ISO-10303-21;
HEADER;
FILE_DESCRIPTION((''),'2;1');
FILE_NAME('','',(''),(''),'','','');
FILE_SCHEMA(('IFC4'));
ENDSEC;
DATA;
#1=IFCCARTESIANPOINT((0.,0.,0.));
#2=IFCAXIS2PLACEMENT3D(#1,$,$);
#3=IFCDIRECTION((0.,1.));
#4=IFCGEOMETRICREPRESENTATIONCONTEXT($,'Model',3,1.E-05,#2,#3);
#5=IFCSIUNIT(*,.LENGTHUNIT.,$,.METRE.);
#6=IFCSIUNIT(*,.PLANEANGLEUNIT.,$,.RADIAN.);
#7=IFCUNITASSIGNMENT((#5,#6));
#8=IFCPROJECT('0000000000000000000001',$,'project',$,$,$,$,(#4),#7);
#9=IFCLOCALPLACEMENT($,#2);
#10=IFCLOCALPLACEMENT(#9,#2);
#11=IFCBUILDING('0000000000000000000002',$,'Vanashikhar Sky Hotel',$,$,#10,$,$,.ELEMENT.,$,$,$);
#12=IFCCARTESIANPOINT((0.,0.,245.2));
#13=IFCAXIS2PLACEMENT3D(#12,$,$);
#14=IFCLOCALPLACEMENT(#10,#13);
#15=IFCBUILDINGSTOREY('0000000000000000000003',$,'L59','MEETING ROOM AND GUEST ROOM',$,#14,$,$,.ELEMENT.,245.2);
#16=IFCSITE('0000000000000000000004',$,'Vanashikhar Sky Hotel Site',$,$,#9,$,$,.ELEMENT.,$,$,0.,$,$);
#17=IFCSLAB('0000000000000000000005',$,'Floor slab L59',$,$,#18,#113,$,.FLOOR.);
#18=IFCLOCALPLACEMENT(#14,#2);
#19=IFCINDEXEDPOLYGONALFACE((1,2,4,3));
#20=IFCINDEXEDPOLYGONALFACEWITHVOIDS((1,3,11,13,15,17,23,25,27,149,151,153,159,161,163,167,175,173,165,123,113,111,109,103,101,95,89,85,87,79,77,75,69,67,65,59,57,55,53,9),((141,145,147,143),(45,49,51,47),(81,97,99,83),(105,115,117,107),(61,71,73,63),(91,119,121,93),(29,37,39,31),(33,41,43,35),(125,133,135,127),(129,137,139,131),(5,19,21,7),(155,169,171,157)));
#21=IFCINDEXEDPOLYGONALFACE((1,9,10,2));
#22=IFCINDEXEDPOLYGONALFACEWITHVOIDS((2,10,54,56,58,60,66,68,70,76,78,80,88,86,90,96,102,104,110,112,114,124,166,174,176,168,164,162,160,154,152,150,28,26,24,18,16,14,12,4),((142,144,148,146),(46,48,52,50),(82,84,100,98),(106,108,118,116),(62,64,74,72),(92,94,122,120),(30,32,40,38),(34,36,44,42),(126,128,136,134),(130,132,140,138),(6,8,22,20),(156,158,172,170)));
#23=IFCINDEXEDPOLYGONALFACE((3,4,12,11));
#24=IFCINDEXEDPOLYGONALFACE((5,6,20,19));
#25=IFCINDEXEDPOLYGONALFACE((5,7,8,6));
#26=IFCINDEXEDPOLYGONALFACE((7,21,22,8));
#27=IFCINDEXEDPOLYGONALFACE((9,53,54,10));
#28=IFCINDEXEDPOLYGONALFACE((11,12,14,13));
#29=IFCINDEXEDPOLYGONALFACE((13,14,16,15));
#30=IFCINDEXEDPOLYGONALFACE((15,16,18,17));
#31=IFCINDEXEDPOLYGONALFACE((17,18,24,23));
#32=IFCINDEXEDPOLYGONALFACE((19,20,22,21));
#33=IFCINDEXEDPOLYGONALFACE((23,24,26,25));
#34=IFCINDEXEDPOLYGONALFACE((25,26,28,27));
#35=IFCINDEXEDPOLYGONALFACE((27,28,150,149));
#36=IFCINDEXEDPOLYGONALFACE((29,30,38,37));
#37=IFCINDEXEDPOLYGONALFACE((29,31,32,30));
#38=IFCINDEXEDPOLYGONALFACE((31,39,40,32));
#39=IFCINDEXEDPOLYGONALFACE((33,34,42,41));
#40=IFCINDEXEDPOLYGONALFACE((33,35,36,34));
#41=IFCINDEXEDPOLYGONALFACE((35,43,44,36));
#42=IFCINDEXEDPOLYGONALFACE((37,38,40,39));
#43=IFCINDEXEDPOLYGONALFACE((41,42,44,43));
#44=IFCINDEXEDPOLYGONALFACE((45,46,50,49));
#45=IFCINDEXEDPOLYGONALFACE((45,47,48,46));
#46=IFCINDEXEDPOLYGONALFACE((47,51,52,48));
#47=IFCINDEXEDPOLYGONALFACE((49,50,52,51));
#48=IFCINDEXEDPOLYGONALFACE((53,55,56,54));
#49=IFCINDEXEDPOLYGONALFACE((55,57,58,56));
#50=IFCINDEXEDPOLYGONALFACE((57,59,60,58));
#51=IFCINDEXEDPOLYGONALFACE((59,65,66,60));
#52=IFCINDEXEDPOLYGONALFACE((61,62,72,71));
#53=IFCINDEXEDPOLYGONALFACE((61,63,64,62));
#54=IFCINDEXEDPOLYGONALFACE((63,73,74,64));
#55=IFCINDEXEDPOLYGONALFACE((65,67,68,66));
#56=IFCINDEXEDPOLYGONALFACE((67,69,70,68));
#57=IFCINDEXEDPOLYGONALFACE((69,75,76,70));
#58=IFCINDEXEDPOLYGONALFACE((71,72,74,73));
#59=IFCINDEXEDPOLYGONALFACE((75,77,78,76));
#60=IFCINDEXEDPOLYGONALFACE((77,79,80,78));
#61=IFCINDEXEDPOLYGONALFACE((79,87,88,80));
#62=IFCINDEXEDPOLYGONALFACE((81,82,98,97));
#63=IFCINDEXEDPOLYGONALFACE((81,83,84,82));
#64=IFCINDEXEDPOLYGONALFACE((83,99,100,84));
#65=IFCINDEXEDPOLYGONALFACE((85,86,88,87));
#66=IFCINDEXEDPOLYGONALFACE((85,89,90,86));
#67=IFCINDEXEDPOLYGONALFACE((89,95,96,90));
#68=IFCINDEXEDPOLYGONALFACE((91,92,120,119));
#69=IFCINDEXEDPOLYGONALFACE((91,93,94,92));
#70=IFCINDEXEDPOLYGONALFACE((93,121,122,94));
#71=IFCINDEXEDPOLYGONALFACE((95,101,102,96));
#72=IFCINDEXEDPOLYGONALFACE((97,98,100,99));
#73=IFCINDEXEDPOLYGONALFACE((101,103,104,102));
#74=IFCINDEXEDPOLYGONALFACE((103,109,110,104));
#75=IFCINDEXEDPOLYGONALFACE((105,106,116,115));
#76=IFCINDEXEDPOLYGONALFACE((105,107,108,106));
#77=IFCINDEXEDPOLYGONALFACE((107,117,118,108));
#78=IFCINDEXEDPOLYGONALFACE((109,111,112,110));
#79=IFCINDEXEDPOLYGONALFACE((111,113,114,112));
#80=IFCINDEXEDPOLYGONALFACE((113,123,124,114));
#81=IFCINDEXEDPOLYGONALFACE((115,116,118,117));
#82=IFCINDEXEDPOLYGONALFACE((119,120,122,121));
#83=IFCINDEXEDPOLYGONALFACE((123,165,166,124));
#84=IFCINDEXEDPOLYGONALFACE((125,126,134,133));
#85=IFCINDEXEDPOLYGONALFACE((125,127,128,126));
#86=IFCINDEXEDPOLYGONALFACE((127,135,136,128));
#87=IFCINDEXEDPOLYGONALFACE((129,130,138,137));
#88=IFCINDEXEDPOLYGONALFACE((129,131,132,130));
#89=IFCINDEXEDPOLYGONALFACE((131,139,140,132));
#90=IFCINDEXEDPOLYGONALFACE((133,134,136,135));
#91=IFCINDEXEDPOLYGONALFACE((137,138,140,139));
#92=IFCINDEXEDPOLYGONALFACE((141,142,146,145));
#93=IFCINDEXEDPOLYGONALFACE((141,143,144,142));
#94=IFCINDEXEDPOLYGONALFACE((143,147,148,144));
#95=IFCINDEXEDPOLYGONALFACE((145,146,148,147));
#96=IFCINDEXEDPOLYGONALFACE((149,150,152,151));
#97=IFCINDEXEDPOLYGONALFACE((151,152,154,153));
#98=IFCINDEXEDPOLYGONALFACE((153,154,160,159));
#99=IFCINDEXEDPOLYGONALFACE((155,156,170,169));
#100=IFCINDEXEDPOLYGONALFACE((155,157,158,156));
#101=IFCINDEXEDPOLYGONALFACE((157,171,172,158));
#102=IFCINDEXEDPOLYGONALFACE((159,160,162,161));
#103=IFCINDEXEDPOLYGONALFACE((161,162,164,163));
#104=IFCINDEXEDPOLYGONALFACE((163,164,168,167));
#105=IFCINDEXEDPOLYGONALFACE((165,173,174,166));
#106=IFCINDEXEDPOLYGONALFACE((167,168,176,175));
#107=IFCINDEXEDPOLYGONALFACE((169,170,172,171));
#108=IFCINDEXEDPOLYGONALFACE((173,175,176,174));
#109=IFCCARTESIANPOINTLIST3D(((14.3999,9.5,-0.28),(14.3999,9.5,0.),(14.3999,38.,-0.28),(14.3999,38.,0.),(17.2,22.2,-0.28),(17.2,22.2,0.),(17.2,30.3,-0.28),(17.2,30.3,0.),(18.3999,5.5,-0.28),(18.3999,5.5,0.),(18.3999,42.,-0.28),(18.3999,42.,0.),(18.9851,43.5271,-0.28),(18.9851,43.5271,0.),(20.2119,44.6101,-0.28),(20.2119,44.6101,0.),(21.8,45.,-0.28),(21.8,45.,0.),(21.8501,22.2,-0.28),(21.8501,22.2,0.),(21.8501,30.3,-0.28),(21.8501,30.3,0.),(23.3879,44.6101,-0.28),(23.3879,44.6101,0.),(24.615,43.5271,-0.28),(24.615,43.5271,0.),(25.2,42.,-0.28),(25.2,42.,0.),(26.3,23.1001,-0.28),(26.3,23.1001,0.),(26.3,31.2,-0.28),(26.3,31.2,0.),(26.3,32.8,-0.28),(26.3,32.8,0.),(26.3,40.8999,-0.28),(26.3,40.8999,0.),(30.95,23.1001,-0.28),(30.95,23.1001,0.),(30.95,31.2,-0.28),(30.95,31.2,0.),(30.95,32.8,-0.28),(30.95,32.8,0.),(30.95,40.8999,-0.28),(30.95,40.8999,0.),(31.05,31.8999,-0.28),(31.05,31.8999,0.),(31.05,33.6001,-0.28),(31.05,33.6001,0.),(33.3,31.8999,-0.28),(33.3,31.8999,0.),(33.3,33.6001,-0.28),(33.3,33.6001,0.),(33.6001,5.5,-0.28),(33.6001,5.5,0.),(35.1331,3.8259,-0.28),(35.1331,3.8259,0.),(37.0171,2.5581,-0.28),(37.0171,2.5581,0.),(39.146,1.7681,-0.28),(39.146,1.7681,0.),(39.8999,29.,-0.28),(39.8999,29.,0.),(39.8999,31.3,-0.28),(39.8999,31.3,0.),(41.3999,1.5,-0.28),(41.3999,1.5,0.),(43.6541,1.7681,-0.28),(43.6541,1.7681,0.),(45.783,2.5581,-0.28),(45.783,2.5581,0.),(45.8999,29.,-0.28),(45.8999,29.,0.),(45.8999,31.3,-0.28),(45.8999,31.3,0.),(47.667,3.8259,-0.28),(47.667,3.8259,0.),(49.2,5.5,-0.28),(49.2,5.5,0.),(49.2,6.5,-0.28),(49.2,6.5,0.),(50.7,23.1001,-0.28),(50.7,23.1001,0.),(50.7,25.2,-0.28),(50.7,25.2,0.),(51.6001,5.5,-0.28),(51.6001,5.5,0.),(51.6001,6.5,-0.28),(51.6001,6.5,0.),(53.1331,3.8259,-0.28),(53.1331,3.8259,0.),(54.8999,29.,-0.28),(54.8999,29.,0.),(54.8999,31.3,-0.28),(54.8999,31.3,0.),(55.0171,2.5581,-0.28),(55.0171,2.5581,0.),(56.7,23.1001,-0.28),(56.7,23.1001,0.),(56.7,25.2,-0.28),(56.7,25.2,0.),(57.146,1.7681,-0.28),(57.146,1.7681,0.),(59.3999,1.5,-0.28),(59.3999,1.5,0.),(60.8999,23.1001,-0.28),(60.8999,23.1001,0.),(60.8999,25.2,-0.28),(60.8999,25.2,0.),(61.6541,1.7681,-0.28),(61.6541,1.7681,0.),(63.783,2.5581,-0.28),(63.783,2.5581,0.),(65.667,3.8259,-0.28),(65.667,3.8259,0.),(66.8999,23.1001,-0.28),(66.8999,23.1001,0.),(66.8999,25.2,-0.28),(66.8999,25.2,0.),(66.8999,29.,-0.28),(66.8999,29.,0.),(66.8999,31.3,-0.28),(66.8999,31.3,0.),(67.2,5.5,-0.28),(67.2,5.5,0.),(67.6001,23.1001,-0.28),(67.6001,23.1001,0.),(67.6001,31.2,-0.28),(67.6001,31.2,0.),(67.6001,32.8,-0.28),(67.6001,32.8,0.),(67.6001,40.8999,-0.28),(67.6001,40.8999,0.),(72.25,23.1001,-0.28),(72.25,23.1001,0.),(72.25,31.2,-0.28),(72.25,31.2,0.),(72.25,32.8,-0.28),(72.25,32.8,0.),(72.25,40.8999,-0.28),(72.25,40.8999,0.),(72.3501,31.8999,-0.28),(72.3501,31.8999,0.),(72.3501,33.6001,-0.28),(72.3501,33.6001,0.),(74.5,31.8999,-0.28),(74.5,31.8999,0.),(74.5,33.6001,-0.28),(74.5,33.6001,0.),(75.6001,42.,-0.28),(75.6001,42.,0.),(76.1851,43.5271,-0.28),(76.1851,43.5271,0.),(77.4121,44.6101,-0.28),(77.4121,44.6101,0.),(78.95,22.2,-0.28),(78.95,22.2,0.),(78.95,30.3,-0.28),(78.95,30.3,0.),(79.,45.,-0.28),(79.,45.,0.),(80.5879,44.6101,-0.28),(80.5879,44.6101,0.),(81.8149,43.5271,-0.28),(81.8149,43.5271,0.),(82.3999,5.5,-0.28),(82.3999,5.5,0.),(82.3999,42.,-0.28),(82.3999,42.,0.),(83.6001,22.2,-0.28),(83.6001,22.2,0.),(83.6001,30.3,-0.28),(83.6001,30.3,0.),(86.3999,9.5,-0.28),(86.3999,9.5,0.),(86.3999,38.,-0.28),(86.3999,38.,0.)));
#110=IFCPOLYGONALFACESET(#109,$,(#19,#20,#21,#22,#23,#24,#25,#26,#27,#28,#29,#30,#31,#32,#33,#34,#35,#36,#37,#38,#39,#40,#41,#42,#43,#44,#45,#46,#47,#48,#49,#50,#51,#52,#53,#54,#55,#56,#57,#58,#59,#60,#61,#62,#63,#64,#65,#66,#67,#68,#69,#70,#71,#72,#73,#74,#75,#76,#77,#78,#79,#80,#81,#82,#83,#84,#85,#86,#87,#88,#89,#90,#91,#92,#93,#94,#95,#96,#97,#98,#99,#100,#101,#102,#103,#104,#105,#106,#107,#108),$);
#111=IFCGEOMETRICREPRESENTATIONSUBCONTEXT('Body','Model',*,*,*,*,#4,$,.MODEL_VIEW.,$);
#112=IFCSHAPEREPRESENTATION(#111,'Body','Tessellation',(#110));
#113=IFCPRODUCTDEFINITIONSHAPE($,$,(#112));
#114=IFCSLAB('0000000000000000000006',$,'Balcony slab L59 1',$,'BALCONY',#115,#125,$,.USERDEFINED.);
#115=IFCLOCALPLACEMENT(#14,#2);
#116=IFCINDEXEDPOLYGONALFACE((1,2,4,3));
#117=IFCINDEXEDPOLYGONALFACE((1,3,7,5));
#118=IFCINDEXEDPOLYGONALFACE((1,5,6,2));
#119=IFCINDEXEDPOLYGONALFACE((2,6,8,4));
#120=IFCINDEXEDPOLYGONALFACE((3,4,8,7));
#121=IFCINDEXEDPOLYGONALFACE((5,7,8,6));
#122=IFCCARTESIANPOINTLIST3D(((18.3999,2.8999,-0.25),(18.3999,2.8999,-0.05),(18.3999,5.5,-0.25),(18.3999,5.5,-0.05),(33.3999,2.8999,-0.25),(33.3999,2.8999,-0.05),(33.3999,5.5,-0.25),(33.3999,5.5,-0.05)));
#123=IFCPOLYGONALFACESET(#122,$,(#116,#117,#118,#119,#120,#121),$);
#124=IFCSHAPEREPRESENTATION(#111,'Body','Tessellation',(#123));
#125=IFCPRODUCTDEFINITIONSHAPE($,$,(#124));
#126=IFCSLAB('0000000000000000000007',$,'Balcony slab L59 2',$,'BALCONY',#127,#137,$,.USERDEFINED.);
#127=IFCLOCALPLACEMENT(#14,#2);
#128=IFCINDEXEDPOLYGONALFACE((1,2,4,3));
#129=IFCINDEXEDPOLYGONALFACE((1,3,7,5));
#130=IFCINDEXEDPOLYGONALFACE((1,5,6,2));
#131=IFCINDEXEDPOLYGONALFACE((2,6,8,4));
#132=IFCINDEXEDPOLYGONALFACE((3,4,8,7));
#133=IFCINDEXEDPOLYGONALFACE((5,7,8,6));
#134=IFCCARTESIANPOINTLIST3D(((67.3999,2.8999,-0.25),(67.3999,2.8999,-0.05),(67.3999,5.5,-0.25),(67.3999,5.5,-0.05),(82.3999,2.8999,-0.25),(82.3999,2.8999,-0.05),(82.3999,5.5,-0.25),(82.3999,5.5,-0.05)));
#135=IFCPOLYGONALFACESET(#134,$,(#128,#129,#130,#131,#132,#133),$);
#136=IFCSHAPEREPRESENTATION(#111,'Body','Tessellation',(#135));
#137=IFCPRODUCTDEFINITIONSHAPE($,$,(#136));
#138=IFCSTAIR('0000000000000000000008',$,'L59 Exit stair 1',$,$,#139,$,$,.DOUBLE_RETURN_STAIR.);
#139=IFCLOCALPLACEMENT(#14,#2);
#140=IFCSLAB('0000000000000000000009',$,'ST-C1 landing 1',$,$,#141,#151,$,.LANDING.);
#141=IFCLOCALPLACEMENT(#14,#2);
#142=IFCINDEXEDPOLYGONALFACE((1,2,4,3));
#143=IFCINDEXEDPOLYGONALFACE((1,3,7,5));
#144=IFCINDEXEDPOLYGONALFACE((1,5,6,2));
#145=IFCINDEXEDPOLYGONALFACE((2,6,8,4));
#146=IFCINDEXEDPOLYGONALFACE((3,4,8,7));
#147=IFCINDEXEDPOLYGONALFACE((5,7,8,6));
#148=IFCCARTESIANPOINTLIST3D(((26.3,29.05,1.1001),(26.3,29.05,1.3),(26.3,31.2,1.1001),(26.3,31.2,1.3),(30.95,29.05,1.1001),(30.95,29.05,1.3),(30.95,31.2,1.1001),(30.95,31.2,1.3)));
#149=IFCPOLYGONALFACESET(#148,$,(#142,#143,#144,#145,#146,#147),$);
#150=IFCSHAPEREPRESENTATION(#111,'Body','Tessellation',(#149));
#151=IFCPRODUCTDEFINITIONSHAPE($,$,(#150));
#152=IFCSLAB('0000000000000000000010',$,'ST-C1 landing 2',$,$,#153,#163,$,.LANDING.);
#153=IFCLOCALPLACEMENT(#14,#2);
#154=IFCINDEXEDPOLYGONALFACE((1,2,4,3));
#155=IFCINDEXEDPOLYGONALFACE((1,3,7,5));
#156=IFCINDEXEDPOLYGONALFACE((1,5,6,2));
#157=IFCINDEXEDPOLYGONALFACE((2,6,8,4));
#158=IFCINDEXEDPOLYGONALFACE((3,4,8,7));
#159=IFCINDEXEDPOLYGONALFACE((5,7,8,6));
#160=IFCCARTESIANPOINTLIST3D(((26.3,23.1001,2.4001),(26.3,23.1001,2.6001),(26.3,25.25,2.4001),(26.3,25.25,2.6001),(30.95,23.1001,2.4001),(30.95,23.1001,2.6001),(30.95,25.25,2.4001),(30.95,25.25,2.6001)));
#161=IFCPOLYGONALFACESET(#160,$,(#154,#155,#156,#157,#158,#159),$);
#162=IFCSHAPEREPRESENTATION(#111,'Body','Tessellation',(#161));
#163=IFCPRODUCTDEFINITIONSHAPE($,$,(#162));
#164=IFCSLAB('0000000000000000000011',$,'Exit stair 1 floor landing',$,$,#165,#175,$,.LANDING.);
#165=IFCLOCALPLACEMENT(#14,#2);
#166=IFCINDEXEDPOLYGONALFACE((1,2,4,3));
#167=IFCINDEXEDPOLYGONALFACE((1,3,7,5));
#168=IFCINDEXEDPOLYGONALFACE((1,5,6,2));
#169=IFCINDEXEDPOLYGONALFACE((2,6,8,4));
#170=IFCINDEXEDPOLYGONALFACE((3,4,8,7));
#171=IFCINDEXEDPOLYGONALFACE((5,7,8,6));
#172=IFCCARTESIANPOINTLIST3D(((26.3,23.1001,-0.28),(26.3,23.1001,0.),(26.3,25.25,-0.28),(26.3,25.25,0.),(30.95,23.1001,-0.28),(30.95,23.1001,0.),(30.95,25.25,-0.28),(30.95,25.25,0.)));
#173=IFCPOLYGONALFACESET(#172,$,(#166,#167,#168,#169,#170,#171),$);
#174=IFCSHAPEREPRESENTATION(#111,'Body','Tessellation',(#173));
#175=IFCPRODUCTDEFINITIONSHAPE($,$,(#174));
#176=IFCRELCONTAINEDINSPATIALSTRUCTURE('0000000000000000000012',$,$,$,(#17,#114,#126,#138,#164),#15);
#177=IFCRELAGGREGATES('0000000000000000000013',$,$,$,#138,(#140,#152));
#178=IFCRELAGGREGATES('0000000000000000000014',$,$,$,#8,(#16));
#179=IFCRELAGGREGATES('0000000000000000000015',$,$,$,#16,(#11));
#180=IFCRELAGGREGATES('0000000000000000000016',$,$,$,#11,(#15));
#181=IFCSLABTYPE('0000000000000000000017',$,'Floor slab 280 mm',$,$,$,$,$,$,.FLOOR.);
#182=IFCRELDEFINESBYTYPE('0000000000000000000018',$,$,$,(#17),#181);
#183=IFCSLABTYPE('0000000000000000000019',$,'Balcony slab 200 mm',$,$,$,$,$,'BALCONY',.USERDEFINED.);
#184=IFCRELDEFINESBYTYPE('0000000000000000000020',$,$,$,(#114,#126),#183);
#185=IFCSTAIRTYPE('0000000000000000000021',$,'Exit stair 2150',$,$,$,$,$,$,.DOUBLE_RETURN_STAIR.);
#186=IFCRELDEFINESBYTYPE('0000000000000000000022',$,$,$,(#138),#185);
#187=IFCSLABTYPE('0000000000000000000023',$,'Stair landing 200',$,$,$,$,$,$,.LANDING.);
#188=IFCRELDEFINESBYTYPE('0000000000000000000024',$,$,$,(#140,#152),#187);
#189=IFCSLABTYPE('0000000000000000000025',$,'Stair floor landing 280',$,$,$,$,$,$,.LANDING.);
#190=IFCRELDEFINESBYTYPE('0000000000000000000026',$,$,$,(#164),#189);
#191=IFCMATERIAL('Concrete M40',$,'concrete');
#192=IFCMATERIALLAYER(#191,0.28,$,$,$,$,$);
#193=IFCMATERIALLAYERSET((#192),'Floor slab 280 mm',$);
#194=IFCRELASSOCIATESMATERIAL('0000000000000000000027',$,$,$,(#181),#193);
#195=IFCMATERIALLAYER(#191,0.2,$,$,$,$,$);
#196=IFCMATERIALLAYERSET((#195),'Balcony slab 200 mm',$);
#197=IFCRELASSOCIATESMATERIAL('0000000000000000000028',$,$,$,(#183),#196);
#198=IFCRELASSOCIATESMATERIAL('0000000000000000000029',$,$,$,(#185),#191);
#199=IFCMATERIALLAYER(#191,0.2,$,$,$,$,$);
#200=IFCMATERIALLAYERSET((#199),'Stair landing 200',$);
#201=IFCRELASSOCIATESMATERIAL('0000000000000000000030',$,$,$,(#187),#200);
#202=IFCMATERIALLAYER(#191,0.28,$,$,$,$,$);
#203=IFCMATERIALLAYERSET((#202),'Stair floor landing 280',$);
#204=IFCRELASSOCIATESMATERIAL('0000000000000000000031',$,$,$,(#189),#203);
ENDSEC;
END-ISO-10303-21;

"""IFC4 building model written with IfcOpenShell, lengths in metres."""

from ifc_helpers import new_model, si_unit, direction, frame, origin, place, context, subcontext, project, spatial, polyline, outline, extrude, source, transform, mapped, material, layer, layer_set, type_object, element, aggregate, save


model = new_model("IFC4")

# Units and contexts
model_context = context("Model", 3, precision=1e-05, world=origin(), true_north=direction((0.0, 1.0)))
body_context = subcontext(model_context, "Body", "Model", "MODEL_VIEW")
ifc_project = project(units=[si_unit("LENGTHUNIT", "METRE"), si_unit("PLANEANGLEUNIT", "RADIAN")], contexts=[model_context])

# Site, building, storey
site_placement = place(None, origin())
site = spatial("IfcSite", under=ifc_project, at=site_placement, Name="Vanashikhar Sky Hotel Site", CompositionType="ELEMENT", RefElevation=0.0)
building_placement = place(site_placement, origin())
building = spatial("IfcBuilding", under=site, at=building_placement, Name="Vanashikhar Sky Hotel", CompositionType="ELEMENT")
storey_placement = place(building_placement, frame((0.0, 0.0, 245.2)))
storey = spatial("IfcBuildingStorey", under=building, at=storey_placement, Name="L59", Description="MEETING ROOM AND GUEST ROOM", CompositionType="ELEMENT", Elevation=245.2)

# Slabs
ifc_material = material(Name="Concrete M40", Category="concrete")
ifc_layer_1 = layer(ifc_material, 0.28)
ifc_layer_set_1 = layer_set([ifc_layer_1], Name="Floor slab 280 mm")
slab_type_1 = type_object("IfcSlabType", Name="Floor slab 280 mm", PredefinedType="FLOOR", material=ifc_layer_set_1)
shared_shape_1 = source(origin(), body_context, "Body", "SweptSolid", [
    extrude(outline(polyline([(49.2, 5.5), (49.2, 6.5), (51.6001, 6.5), (51.6001, 5.5), (53.1331, 3.8259), (55.0171, 2.5581), (57.146, 1.7681), (59.3999, 1.5), (61.6541, 1.7681), (63.783, 2.5581), (65.667, 3.8259), (67.2, 5.5), (82.3999, 5.5), (86.3999, 9.5), (86.3999, 38.0), (82.3999, 42.0), (81.8149, 43.5271), (80.5879, 44.6101), (79.0, 45.0), (77.4121, 44.6101), (76.1851, 43.5271), (75.6001, 42.0), (25.2, 42.0), (24.615, 43.5271), (23.3879, 44.6101), (21.8, 45.0), (20.2119, 44.6101), (18.9851, 43.5271), (18.3999, 42.0), (14.3999, 38.0), (14.3999, 9.5), (18.3999, 5.5), (33.6001, 5.5), (35.1331, 3.8259), (37.0171, 2.5581), (39.146, 1.7681), (41.3999, 1.5), (43.6541, 1.7681), (45.783, 2.5581), (47.667, 3.8259), (49.2, 5.5)]), holes=[polyline([(33.3, 33.6001), (31.05, 33.6001), (31.05, 31.8999), (33.3, 31.8999), (33.3, 33.6001)]), polyline([(39.8999, 31.3), (39.8999, 29.0), (45.8999, 29.0), (45.8999, 31.3), (39.8999, 31.3)]), polyline([(50.7, 25.2), (50.7, 23.1001), (56.7, 23.1001), (56.7, 25.2), (50.7, 25.2)]), polyline([(66.8999, 29.0), (66.8999, 31.3), (54.8999, 31.3), (54.8999, 29.0), (66.8999, 29.0)]), polyline([(60.8999, 25.2), (60.8999, 23.1001), (66.8999, 23.1001), (66.8999, 25.2), (60.8999, 25.2)]), polyline([(74.5, 33.6001), (72.3501, 33.6001), (72.3501, 31.8999), (74.5, 31.8999), (74.5, 33.6001)]), polyline([(30.95, 23.1001), (30.95, 31.2), (26.3, 31.2), (26.3, 23.1001), (30.95, 23.1001)]), polyline([(72.25, 23.1001), (72.25, 31.2), (67.6001, 31.2), (67.6001, 23.1001), (72.25, 23.1001)]), polyline([(30.95, 32.8), (30.95, 40.8999), (26.3, 40.8999), (26.3, 32.8), (30.95, 32.8)]), polyline([(72.25, 32.8), (72.25, 40.8999), (67.6001, 40.8999), (67.6001, 32.8), (72.25, 32.8)]), polyline([(83.6001, 22.2), (83.6001, 30.3), (78.95, 30.3), (78.95, 22.2), (83.6001, 22.2)]), polyline([(21.8501, 22.2), (21.8501, 30.3), (17.2, 30.3), (17.2, 22.2), (21.8501, 22.2)])]), origin(), (0.0, 0.0, 1.0), 0.28),
])
slab_1_placement = place(storey_placement, frame((0.0, 0.0, -0.28)))
element("IfcSlab", 1, at=slab_1_placement, inside=storey, type_object=slab_type_1, Name="Floor slab L59", PredefinedType="FLOOR", context=body_context, shape_type="MappedRepresentation", body=[
    mapped(shared_shape_1, transform((0.0, 0.0, 0.0), scale=1.0)),
])
ifc_layer_2 = layer(ifc_material, 0.2)
ifc_layer_set_2 = layer_set([ifc_layer_2], Name="Balcony slab 200 mm")
slab_type_2 = type_object("IfcSlabType", Name="Balcony slab 200 mm", ElementType="BALCONY", PredefinedType="USERDEFINED", material=ifc_layer_set_2)
shared_shape_2 = source(origin(), body_context, "Body", "SweptSolid", [
    extrude(outline(polyline([(18.3999, 2.8999), (33.3999, 2.8999), (33.3999, 5.5), (18.3999, 5.5), (18.3999, 2.8999)])), origin(), (0.0, 0.0, 1.0), 0.2),
])
slab_2_placement = place(storey_placement, frame((0.0, 0.0, -0.25)))
element("IfcSlab", 2, at=slab_2_placement, inside=storey, type_object=slab_type_2, Name="Balcony slab L59 1", ObjectType="BALCONY", PredefinedType="USERDEFINED", context=body_context, shape_type="MappedRepresentation", body=[
    mapped(shared_shape_2, transform((0.0, 0.0, 0.0), scale=1.0)),
])
shared_shape_3 = source(origin(), body_context, "Body", "SweptSolid", [
    extrude(outline(polyline([(67.3999, 2.8999), (82.3999, 2.8999), (82.3999, 5.5), (67.3999, 5.5), (67.3999, 2.8999)])), origin(), (0.0, 0.0, 1.0), 0.2),
])
slab_3_placement = place(storey_placement, frame((0.0, 0.0, -0.25)))
element("IfcSlab", 3, at=slab_3_placement, inside=storey, type_object=slab_type_2, Name="Balcony slab L59 2", ObjectType="BALCONY", PredefinedType="USERDEFINED", context=body_context, shape_type="MappedRepresentation", body=[
    mapped(shared_shape_3, transform((0.0, 0.0, 0.0), scale=1.0)),
])

# Stair, slabs
stair_type = type_object("IfcStairType", Name="Exit stair 2150", PredefinedType="DOUBLE_RETURN_STAIR", material=ifc_material)
stair_1_placement = place(storey_placement, origin())
stair_1 = element("IfcStair", 4, at=stair_1_placement, inside=storey, type_object=stair_type, Name="L59 Exit stair 1", PredefinedType="DOUBLE_RETURN_STAIR")
ifc_layer_3 = layer(ifc_material, 0.2)
ifc_layer_set_3 = layer_set([ifc_layer_3], Name="Stair landing 200")
slab_type_3 = type_object("IfcSlabType", Name="Stair landing 200", PredefinedType="LANDING", material=ifc_layer_set_3)
shared_shape_4 = source(origin(), body_context, "Body", "SweptSolid", [
    extrude(outline(polyline([(30.95, 29.05), (30.95, 31.2), (26.3, 31.2), (26.3, 29.05), (30.95, 29.05)])), origin(), (0.0, 0.0, 1.0), 0.2),
])
slab_4_placement = place(storey_placement, frame((0.0, 0.0, 1.1001)))
slab_4 = element("IfcSlab", 5, at=slab_4_placement, type_object=slab_type_3, Name="ST-C1 landing 1", PredefinedType="LANDING", context=body_context, shape_type="MappedRepresentation", body=[
    mapped(shared_shape_4, transform((0.0, 0.0, 0.0), scale=1.0)),
])
shared_shape_5 = source(origin(), body_context, "Body", "SweptSolid", [
    extrude(outline(polyline([(30.95, 23.1001), (30.95, 25.25), (26.3, 25.25), (26.3, 23.1001), (30.95, 23.1001)])), origin(), (0.0, 0.0, 1.0), 0.2),
])
slab_5_placement = place(storey_placement, frame((0.0, 0.0, 2.4001)))
slab_5 = element("IfcSlab", 6, at=slab_5_placement, type_object=slab_type_3, Name="ST-C1 landing 2", PredefinedType="LANDING", context=body_context, shape_type="MappedRepresentation", body=[
    mapped(shared_shape_5, transform((0.0, 0.0, 0.0), scale=1.0)),
])
aggregate(stair_1, [slab_4, slab_5])

# Slab
ifc_layer_4 = layer(ifc_material, 0.28)
ifc_layer_set_4 = layer_set([ifc_layer_4], Name="Stair floor landing 280")
slab_type_4 = type_object("IfcSlabType", Name="Stair floor landing 280", PredefinedType="LANDING", material=ifc_layer_set_4)
shared_shape_6 = source(origin(), body_context, "Body", "SweptSolid", [
    extrude(outline(polyline([(30.95, 23.1001), (30.95, 25.25), (26.3, 25.25), (26.3, 23.1001), (30.95, 23.1001)])), origin(), (0.0, 0.0, 1.0), 0.28),
])
slab_6_placement = place(storey_placement, frame((0.0, 0.0, -0.28)))
element("IfcSlab", 7, at=slab_6_placement, inside=storey, type_object=slab_type_4, Name="Exit stair 1 floor landing", PredefinedType="LANDING", context=body_context, shape_type="MappedRepresentation", body=[
    mapped(shared_shape_6, transform((0.0, 0.0, 0.0), scale=1.0)),
])

save(model, "model.ifc")
